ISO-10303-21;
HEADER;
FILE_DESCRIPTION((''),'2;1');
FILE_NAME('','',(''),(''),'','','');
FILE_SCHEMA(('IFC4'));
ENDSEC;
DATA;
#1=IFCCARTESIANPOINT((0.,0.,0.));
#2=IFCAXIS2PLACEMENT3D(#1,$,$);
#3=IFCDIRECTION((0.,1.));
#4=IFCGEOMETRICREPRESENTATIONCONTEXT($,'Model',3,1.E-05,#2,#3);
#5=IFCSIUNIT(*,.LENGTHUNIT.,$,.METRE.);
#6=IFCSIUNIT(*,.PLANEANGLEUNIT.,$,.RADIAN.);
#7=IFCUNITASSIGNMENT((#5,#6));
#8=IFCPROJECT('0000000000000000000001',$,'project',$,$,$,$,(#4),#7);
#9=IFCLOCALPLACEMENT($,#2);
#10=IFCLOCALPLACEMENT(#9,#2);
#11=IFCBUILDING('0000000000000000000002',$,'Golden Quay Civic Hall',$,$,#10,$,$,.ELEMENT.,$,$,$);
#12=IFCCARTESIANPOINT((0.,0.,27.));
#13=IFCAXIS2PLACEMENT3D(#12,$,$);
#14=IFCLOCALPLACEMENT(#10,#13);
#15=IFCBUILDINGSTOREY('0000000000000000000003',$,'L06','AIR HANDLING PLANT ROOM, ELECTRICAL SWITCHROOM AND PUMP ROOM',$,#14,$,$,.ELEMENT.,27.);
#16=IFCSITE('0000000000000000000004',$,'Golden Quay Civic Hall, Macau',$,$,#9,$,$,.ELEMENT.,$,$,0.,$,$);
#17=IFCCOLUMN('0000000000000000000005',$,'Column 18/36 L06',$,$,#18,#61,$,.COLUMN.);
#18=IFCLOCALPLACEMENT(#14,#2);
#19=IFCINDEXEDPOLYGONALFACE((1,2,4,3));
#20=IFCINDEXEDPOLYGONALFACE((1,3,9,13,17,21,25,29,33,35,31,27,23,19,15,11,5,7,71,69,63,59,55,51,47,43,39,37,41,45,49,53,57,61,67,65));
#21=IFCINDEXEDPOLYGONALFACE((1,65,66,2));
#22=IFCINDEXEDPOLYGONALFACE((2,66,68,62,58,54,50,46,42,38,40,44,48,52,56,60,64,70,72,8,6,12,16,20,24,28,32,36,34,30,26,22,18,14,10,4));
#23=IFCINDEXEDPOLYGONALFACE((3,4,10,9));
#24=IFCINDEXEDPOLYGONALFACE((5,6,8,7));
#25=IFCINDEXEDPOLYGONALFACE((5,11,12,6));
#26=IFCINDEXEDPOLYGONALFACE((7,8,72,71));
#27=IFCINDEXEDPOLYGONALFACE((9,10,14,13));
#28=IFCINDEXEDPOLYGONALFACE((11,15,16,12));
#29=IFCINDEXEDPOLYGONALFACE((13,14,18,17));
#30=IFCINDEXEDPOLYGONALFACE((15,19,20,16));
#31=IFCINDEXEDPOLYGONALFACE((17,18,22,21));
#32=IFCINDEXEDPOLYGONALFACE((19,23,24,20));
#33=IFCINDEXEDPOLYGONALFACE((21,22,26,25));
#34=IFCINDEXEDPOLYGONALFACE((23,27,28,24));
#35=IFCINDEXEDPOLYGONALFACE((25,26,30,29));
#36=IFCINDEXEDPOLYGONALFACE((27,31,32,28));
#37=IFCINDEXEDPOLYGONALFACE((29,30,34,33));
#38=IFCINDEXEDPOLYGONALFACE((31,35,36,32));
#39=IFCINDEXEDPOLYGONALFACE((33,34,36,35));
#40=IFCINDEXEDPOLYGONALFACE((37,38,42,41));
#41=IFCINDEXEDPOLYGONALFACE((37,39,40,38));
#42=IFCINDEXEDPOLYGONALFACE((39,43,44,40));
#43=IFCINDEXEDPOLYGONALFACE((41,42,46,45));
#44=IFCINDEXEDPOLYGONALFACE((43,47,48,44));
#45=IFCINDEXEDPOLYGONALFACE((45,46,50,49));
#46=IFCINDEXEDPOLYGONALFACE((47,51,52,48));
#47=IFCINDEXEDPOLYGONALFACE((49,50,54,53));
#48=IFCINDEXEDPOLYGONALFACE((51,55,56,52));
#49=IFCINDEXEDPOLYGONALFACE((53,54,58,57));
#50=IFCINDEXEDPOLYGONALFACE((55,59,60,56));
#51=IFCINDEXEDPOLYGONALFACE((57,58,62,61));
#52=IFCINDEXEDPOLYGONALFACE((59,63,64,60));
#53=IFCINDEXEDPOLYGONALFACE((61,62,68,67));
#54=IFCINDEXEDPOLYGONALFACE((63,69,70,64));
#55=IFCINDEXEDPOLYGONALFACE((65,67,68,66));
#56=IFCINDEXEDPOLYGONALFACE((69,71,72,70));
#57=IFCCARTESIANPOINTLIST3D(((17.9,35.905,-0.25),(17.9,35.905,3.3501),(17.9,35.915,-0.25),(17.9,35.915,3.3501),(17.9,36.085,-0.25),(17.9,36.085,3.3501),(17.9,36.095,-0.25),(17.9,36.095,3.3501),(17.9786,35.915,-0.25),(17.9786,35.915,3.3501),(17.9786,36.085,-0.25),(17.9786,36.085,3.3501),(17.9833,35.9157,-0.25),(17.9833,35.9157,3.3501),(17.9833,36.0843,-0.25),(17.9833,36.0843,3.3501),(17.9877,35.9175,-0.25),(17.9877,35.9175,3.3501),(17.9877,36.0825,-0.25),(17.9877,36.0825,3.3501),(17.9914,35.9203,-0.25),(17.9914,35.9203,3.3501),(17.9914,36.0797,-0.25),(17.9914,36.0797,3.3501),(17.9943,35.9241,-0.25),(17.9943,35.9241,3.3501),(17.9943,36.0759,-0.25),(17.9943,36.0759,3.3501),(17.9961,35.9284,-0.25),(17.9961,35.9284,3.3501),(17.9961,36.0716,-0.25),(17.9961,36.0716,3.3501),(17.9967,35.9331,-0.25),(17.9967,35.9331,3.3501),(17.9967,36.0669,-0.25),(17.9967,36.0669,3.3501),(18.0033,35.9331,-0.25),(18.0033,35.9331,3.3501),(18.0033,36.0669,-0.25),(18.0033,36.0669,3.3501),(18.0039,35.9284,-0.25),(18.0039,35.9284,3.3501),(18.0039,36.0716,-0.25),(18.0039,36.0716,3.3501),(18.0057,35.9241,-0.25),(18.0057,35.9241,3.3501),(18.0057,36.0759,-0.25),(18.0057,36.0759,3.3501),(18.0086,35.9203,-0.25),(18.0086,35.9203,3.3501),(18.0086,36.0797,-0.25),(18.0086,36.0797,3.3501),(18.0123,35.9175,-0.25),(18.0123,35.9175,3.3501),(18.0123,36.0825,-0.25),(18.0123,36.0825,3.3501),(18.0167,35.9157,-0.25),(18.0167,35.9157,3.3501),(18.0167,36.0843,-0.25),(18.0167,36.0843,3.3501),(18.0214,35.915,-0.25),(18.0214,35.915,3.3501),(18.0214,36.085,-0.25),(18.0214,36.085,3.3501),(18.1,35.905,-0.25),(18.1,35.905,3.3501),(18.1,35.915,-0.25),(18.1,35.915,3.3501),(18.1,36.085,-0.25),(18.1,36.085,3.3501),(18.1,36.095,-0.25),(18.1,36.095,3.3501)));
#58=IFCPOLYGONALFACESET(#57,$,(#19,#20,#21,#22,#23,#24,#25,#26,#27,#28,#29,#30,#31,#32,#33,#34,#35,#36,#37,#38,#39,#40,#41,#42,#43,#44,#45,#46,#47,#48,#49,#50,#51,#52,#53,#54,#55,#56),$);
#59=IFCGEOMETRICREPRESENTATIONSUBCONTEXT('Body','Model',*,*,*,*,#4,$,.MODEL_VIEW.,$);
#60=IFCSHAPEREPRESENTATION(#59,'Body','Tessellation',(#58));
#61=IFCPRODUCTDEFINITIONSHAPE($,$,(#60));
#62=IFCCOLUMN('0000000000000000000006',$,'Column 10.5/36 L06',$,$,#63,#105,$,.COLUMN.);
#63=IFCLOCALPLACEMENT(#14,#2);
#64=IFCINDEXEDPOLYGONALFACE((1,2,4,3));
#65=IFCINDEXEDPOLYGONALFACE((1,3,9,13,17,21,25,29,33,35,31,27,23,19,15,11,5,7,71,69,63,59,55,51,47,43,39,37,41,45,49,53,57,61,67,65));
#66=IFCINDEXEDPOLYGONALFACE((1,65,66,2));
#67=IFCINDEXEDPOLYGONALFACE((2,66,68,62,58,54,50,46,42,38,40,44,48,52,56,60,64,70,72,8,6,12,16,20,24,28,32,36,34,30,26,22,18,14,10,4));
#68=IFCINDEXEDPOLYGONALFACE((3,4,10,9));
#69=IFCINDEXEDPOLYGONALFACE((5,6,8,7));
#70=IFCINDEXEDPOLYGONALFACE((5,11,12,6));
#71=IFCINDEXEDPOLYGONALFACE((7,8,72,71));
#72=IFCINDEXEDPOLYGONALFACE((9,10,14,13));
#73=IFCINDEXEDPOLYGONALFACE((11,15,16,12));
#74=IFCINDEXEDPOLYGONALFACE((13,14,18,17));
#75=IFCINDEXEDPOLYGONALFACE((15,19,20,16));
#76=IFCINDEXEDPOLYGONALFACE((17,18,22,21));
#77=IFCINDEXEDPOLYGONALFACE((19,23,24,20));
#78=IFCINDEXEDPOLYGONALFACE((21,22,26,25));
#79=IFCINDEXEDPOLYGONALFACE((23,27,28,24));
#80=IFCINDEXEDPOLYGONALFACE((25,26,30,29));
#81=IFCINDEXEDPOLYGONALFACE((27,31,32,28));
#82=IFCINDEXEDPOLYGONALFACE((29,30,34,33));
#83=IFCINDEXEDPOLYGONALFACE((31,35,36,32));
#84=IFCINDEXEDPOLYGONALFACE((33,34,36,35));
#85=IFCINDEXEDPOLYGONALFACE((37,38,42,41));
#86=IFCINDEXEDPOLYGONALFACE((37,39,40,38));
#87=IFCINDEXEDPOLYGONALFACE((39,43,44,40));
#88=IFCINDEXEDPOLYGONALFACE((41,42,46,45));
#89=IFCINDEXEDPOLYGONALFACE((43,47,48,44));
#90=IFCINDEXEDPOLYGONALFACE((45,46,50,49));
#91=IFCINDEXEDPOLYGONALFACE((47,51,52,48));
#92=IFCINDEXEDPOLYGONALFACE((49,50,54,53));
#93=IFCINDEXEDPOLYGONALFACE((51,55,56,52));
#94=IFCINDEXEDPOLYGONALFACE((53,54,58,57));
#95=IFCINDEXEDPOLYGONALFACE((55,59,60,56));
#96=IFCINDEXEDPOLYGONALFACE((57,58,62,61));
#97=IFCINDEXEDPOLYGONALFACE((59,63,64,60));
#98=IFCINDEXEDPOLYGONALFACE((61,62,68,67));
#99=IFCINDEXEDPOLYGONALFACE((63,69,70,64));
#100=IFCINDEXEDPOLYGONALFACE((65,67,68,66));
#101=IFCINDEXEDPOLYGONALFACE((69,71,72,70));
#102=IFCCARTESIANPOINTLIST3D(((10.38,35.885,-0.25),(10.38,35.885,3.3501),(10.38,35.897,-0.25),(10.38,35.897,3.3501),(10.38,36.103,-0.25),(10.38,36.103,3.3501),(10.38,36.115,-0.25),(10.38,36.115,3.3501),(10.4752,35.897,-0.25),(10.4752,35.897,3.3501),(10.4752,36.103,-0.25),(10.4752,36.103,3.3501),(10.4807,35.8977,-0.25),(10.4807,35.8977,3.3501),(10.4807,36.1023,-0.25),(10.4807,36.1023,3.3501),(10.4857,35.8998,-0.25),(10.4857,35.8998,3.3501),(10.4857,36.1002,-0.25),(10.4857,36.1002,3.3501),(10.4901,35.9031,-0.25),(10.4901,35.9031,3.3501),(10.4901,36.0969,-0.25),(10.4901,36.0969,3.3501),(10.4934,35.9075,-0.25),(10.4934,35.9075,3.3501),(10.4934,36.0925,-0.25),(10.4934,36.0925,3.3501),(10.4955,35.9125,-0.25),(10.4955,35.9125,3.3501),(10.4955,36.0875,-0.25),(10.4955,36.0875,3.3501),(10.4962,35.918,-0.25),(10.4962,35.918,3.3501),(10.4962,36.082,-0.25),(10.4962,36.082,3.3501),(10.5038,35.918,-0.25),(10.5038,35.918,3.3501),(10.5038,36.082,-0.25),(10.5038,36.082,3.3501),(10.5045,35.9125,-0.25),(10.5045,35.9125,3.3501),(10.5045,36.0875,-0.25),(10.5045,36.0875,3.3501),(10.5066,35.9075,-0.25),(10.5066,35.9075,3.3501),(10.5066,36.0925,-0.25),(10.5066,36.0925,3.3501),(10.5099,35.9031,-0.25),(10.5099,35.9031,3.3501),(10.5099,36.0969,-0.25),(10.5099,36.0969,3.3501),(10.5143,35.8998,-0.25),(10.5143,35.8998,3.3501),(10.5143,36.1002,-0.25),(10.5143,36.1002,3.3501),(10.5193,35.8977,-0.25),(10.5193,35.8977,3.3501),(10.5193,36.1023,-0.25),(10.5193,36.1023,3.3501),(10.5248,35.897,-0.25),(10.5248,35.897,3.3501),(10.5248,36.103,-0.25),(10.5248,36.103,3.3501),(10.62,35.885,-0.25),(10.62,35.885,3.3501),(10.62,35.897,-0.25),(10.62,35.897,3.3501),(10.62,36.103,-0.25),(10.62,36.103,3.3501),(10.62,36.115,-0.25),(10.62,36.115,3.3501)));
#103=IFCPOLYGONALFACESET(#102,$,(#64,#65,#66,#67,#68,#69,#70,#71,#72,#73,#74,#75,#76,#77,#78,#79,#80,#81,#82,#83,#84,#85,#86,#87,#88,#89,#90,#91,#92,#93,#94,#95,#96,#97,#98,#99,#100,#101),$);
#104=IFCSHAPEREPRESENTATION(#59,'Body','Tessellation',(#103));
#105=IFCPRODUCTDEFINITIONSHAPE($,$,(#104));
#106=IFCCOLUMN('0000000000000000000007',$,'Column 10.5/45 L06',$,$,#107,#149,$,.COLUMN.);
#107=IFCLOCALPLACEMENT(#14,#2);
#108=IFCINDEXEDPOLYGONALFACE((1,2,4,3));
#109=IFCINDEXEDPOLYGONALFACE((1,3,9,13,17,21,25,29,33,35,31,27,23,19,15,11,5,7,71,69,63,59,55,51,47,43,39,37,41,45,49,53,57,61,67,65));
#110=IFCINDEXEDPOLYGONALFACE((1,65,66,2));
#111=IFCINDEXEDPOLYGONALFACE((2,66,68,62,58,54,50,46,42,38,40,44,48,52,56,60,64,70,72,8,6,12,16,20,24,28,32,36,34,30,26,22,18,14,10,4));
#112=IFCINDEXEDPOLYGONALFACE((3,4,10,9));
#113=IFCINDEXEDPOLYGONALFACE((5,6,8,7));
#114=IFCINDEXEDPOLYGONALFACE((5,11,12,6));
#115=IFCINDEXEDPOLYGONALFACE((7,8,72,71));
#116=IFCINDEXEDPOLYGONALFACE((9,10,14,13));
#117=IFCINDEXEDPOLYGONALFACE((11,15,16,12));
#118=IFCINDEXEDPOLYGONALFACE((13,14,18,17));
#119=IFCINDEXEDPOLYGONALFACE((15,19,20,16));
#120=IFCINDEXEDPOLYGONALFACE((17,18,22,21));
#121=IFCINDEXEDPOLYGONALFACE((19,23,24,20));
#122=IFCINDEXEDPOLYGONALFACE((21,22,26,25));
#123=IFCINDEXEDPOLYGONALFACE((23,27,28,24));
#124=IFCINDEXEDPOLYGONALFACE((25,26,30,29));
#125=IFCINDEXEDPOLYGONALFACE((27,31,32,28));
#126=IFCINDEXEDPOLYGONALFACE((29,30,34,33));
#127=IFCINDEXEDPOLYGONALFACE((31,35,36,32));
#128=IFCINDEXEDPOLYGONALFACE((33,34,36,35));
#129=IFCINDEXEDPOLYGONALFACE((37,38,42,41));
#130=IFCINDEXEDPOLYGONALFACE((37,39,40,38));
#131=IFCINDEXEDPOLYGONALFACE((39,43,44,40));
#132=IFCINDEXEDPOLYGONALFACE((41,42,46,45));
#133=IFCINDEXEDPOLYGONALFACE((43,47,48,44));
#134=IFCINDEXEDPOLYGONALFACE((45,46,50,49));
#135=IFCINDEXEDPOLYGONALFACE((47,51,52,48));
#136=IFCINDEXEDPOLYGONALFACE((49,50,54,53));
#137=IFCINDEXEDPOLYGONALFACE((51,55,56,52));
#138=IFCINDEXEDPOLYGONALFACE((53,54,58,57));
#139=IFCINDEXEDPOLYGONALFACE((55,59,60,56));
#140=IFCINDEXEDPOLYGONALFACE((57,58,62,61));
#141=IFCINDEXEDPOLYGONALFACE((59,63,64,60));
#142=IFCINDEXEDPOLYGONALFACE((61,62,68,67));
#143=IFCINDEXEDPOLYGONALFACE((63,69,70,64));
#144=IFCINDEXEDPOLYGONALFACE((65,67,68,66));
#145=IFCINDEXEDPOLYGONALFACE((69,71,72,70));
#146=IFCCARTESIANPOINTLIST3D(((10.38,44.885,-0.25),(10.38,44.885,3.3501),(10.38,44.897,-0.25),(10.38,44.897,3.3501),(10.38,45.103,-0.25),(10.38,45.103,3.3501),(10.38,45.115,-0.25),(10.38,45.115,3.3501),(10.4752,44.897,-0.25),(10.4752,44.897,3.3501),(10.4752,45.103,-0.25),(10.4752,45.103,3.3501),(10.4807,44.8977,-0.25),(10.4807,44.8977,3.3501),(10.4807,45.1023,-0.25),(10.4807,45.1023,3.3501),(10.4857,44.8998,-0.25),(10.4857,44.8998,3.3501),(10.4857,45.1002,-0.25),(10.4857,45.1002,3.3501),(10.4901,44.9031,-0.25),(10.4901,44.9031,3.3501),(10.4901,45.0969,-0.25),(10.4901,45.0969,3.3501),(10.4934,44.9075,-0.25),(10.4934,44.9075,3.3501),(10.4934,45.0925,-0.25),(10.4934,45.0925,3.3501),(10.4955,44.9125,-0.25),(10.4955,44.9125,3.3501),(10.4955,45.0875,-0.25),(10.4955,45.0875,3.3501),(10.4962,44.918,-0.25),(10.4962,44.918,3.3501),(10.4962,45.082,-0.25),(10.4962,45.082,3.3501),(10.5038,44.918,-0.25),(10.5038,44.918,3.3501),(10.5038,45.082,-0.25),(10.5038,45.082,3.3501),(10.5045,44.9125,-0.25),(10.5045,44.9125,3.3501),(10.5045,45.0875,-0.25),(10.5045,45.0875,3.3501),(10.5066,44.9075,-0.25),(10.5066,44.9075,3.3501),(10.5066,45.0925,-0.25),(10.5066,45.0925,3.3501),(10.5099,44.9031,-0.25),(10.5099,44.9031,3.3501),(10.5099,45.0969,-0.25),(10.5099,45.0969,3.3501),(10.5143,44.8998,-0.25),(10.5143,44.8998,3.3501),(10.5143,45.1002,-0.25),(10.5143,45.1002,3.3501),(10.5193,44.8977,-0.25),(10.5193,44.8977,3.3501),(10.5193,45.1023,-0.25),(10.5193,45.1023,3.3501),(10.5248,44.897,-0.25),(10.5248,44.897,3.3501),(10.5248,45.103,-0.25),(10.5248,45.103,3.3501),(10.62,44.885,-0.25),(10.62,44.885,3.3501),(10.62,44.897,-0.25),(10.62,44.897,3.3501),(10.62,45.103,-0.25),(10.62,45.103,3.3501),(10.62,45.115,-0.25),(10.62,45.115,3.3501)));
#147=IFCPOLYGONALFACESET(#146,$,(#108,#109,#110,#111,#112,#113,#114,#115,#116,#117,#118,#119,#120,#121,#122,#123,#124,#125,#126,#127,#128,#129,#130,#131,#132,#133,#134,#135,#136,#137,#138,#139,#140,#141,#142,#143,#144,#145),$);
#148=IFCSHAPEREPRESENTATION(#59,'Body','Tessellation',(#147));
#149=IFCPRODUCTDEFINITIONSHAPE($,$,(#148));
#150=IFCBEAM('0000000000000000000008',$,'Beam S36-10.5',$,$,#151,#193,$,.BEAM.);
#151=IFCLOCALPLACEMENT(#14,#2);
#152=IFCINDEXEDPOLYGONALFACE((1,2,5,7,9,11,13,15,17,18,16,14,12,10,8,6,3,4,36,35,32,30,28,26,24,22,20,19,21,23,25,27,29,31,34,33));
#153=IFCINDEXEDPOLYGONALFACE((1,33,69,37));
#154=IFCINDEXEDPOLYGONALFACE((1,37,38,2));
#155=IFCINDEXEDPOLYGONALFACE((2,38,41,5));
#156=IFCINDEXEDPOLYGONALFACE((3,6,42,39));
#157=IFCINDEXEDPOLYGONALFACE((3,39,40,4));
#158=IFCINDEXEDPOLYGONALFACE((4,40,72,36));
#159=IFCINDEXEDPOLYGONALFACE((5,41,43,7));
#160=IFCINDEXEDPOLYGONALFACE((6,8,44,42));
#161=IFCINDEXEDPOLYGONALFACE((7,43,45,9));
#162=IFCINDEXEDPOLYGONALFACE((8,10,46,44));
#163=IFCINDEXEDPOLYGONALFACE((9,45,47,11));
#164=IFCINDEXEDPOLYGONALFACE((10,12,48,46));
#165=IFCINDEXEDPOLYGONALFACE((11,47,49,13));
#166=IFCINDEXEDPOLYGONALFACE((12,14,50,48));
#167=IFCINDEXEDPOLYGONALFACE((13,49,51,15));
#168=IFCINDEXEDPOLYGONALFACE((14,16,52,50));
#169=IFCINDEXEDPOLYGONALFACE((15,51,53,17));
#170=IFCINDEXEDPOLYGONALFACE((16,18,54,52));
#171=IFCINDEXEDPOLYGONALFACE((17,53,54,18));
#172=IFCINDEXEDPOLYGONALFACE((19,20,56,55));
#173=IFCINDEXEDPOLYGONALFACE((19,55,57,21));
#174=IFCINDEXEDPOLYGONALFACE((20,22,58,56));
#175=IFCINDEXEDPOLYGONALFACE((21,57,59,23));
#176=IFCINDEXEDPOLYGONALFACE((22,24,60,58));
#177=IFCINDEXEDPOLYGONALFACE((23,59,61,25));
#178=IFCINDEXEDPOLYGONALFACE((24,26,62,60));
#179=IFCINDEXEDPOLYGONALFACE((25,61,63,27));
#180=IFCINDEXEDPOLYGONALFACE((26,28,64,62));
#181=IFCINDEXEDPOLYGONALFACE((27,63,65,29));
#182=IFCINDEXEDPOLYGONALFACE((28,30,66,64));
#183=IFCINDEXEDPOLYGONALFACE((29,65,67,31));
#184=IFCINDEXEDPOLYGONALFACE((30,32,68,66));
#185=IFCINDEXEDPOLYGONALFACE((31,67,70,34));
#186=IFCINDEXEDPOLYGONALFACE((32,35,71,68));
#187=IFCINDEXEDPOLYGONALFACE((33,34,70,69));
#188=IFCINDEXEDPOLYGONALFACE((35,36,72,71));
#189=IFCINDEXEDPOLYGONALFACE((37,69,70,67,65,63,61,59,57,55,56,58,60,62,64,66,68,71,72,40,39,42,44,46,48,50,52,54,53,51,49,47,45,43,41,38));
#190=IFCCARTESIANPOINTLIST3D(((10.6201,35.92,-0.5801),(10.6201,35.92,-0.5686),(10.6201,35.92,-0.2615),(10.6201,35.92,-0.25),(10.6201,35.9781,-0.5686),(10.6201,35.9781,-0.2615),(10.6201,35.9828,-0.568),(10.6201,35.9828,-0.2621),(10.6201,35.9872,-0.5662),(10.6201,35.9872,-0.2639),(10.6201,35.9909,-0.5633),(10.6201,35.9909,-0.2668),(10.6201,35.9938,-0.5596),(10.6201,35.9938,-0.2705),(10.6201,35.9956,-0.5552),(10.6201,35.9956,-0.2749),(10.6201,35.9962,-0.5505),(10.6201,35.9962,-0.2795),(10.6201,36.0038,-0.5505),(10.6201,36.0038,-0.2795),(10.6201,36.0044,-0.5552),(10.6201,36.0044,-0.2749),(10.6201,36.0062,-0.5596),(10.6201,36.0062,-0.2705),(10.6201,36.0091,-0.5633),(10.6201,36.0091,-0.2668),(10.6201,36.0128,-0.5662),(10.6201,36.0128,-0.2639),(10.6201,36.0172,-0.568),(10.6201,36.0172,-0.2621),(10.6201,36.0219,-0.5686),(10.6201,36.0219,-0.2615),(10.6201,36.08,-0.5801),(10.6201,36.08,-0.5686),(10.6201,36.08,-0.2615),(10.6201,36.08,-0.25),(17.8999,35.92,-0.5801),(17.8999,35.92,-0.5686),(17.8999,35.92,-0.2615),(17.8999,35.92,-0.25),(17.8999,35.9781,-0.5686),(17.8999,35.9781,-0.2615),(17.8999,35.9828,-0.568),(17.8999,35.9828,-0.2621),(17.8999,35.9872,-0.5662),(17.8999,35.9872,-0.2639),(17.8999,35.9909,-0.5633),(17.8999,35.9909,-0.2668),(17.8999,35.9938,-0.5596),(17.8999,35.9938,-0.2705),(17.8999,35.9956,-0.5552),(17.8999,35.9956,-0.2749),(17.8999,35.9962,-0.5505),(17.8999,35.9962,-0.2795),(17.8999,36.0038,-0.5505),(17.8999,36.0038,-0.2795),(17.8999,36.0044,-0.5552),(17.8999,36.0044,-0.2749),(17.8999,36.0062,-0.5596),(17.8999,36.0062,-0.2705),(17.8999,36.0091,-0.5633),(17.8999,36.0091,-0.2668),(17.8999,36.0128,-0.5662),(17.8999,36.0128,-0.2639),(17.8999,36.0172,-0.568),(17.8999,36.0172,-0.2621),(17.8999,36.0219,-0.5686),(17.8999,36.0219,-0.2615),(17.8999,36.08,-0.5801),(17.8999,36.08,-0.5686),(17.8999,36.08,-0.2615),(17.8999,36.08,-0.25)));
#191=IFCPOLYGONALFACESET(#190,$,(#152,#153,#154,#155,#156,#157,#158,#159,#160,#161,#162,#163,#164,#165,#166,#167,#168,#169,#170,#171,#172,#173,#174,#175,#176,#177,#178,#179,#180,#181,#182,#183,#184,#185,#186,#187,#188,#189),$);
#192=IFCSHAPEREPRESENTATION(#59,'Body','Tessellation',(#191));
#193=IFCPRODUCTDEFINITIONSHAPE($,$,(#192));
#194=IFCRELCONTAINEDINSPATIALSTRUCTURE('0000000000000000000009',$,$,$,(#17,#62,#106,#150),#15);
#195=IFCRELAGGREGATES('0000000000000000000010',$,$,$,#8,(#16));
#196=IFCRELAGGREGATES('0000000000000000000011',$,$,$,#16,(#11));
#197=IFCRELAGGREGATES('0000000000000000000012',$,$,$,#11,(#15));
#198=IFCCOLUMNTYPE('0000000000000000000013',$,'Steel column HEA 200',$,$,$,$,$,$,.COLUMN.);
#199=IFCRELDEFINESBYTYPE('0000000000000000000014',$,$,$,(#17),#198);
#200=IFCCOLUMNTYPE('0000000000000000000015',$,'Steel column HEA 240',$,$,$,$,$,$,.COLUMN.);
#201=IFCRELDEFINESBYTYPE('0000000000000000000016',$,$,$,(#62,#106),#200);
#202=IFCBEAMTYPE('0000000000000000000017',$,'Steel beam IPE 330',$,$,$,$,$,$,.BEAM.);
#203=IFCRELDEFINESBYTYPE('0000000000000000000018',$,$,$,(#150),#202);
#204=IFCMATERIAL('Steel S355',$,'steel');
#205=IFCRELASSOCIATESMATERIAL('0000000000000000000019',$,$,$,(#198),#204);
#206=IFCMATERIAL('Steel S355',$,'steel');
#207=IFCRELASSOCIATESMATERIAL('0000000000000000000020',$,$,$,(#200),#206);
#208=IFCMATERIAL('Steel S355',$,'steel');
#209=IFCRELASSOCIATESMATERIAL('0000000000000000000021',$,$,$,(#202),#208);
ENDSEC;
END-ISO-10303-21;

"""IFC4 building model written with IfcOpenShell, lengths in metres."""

from ifc_helpers import new_model, si_unit, direction, frame, origin, origin_2d, place, context, subcontext, project, spatial, i_section, extrude, material, material_profile, profile_set, type_object, element, save


model = new_model("IFC4")

# Units and contexts
model_context = context("Model", 3, precision=1e-05, world=origin(), true_north=direction((0.0, 1.0)))
body_context = subcontext(model_context, "Body", "Model", "MODEL_VIEW")
ifc_project = project(units=[si_unit("LENGTHUNIT", "METRE"), si_unit("PLANEANGLEUNIT", "RADIAN")], contexts=[model_context])

# Site, building, storey
site_placement = place(None, origin())
site = spatial("IfcSite", under=ifc_project, at=site_placement, Name="Golden Quay Civic Hall, Macau", CompositionType="ELEMENT", RefElevation=0.0)
building_placement = place(site_placement, origin())
building = spatial("IfcBuilding", under=site, at=building_placement, Name="Golden Quay Civic Hall", CompositionType="ELEMENT")
storey_placement = place(building_placement, frame((0.0, 0.0, 27.0)))
storey = spatial("IfcBuildingStorey", under=building, at=storey_placement, Name="L06", Description="AIR HANDLING PLANT ROOM, ELECTRICAL SWITCHROOM AND PUMP ROOM", CompositionType="ELEMENT", Elevation=27.0)

# Columns
ifc_material_1 = material(Name="Steel S355", Category="steel")
ifc_material_profile_1 = material_profile(ifc_material_1, i_section(OverallWidth=0.2, OverallDepth=0.1899, WebThickness=0.0066, FlangeThickness=0.01, FilletRadius=0.0181, at=origin_2d()), Name="HEA 200")
ifc_profile_set_1 = profile_set([ifc_material_profile_1], Name="Steel S355")
column_type_1 = type_object("IfcColumnType", Name="Steel column HEA 200", PredefinedType="COLUMN", material=ifc_profile_set_1)
column_placement = place(storey_placement, frame((18.0, 36.0, -0.25), z_axis=(0.0, 0.0, 1.0), x_axis=(1.0, 0.0, 0.0)))
element("IfcColumn", 1, at=column_placement, inside=storey, type_object=column_type_1, Name="Column 18/36 L06", PredefinedType="COLUMN", context=body_context, shape_type="SweptSolid", body=[
    extrude(i_section(OverallWidth=0.2, OverallDepth=0.1899, WebThickness=0.0066, FlangeThickness=0.01, FilletRadius=0.0181, at=origin_2d()), origin(), (0.0, 0.0, 1.0), 3.6001),
])
ifc_material_2 = material(Name="Steel S355", Category="steel")
ifc_material_profile_2 = material_profile(ifc_material_2, i_section(OverallWidth=0.24, OverallDepth=0.23, WebThickness=0.0076, FlangeThickness=0.012, FilletRadius=0.021, at=origin_2d()), Name="HEA 240")
ifc_profile_set_2 = profile_set([ifc_material_profile_2], Name="Steel S355")
column_type_2 = type_object("IfcColumnType", Name="Steel column HEA 240", PredefinedType="COLUMN", material=ifc_profile_set_2)
for number, where, z_axis, x_axis, name in (
    (2, (10.5, 36.0, -0.25), (0.0, 0.0, 1.0), (1.0, 0.0, 0.0), "Column 10.5/36 L06"),
    (3, (10.5, 45.0, -0.25), (0.0, 0.0, 1.0), (1.0, 0.0, 0.0), "Column 10.5/45 L06"),
):
    element("IfcColumn", number, at=place(storey_placement, frame(where, z_axis=z_axis, x_axis=x_axis)), inside=storey, type_object=column_type_2, Name=name, PredefinedType="COLUMN", context=body_context, shape_type="SweptSolid", body=[
        extrude(i_section(OverallWidth=0.24, OverallDepth=0.23, WebThickness=0.0076, FlangeThickness=0.012, FilletRadius=0.021, at=origin_2d()), origin(), (0.0, 0.0, 1.0), 3.6001),
    ])

# Beam
ifc_material_3 = material(Name="Steel S355", Category="steel")
ifc_material_profile_3 = material_profile(ifc_material_3, i_section(OverallWidth=0.1599, OverallDepth=0.3301, WebThickness=0.0076, FlangeThickness=0.0115, FilletRadius=0.0181, at=origin_2d()), Name="IPE 330")
ifc_profile_set_3 = profile_set([ifc_material_profile_3], Name="Steel S355")
beam_type_1 = type_object("IfcBeamType", Name="Steel beam IPE 330", PredefinedType="BEAM", material=ifc_profile_set_3)
for number, where, z_axis, x_axis, name in (
    (4, (10.6201, 36.0, -0.415), (1.0, 0.0, 0.0), (0.0, 1.0, 0.0), "Beam S36-10.5"),
):
    element("IfcBeam", number, at=place(storey_placement, frame(where, z_axis=z_axis, x_axis=x_axis)), inside=storey, type_object=beam_type_1, Name=name, PredefinedType="BEAM", context=body_context, shape_type="SweptSolid", body=[
        extrude(i_section(OverallWidth=0.1599, OverallDepth=0.3301, WebThickness=0.0076, FlangeThickness=0.0115, FilletRadius=0.0181, at=origin_2d()), origin(), (0.0, 0.0, 1.0), 7.2798),
    ])

save(model, "model.ifc")
